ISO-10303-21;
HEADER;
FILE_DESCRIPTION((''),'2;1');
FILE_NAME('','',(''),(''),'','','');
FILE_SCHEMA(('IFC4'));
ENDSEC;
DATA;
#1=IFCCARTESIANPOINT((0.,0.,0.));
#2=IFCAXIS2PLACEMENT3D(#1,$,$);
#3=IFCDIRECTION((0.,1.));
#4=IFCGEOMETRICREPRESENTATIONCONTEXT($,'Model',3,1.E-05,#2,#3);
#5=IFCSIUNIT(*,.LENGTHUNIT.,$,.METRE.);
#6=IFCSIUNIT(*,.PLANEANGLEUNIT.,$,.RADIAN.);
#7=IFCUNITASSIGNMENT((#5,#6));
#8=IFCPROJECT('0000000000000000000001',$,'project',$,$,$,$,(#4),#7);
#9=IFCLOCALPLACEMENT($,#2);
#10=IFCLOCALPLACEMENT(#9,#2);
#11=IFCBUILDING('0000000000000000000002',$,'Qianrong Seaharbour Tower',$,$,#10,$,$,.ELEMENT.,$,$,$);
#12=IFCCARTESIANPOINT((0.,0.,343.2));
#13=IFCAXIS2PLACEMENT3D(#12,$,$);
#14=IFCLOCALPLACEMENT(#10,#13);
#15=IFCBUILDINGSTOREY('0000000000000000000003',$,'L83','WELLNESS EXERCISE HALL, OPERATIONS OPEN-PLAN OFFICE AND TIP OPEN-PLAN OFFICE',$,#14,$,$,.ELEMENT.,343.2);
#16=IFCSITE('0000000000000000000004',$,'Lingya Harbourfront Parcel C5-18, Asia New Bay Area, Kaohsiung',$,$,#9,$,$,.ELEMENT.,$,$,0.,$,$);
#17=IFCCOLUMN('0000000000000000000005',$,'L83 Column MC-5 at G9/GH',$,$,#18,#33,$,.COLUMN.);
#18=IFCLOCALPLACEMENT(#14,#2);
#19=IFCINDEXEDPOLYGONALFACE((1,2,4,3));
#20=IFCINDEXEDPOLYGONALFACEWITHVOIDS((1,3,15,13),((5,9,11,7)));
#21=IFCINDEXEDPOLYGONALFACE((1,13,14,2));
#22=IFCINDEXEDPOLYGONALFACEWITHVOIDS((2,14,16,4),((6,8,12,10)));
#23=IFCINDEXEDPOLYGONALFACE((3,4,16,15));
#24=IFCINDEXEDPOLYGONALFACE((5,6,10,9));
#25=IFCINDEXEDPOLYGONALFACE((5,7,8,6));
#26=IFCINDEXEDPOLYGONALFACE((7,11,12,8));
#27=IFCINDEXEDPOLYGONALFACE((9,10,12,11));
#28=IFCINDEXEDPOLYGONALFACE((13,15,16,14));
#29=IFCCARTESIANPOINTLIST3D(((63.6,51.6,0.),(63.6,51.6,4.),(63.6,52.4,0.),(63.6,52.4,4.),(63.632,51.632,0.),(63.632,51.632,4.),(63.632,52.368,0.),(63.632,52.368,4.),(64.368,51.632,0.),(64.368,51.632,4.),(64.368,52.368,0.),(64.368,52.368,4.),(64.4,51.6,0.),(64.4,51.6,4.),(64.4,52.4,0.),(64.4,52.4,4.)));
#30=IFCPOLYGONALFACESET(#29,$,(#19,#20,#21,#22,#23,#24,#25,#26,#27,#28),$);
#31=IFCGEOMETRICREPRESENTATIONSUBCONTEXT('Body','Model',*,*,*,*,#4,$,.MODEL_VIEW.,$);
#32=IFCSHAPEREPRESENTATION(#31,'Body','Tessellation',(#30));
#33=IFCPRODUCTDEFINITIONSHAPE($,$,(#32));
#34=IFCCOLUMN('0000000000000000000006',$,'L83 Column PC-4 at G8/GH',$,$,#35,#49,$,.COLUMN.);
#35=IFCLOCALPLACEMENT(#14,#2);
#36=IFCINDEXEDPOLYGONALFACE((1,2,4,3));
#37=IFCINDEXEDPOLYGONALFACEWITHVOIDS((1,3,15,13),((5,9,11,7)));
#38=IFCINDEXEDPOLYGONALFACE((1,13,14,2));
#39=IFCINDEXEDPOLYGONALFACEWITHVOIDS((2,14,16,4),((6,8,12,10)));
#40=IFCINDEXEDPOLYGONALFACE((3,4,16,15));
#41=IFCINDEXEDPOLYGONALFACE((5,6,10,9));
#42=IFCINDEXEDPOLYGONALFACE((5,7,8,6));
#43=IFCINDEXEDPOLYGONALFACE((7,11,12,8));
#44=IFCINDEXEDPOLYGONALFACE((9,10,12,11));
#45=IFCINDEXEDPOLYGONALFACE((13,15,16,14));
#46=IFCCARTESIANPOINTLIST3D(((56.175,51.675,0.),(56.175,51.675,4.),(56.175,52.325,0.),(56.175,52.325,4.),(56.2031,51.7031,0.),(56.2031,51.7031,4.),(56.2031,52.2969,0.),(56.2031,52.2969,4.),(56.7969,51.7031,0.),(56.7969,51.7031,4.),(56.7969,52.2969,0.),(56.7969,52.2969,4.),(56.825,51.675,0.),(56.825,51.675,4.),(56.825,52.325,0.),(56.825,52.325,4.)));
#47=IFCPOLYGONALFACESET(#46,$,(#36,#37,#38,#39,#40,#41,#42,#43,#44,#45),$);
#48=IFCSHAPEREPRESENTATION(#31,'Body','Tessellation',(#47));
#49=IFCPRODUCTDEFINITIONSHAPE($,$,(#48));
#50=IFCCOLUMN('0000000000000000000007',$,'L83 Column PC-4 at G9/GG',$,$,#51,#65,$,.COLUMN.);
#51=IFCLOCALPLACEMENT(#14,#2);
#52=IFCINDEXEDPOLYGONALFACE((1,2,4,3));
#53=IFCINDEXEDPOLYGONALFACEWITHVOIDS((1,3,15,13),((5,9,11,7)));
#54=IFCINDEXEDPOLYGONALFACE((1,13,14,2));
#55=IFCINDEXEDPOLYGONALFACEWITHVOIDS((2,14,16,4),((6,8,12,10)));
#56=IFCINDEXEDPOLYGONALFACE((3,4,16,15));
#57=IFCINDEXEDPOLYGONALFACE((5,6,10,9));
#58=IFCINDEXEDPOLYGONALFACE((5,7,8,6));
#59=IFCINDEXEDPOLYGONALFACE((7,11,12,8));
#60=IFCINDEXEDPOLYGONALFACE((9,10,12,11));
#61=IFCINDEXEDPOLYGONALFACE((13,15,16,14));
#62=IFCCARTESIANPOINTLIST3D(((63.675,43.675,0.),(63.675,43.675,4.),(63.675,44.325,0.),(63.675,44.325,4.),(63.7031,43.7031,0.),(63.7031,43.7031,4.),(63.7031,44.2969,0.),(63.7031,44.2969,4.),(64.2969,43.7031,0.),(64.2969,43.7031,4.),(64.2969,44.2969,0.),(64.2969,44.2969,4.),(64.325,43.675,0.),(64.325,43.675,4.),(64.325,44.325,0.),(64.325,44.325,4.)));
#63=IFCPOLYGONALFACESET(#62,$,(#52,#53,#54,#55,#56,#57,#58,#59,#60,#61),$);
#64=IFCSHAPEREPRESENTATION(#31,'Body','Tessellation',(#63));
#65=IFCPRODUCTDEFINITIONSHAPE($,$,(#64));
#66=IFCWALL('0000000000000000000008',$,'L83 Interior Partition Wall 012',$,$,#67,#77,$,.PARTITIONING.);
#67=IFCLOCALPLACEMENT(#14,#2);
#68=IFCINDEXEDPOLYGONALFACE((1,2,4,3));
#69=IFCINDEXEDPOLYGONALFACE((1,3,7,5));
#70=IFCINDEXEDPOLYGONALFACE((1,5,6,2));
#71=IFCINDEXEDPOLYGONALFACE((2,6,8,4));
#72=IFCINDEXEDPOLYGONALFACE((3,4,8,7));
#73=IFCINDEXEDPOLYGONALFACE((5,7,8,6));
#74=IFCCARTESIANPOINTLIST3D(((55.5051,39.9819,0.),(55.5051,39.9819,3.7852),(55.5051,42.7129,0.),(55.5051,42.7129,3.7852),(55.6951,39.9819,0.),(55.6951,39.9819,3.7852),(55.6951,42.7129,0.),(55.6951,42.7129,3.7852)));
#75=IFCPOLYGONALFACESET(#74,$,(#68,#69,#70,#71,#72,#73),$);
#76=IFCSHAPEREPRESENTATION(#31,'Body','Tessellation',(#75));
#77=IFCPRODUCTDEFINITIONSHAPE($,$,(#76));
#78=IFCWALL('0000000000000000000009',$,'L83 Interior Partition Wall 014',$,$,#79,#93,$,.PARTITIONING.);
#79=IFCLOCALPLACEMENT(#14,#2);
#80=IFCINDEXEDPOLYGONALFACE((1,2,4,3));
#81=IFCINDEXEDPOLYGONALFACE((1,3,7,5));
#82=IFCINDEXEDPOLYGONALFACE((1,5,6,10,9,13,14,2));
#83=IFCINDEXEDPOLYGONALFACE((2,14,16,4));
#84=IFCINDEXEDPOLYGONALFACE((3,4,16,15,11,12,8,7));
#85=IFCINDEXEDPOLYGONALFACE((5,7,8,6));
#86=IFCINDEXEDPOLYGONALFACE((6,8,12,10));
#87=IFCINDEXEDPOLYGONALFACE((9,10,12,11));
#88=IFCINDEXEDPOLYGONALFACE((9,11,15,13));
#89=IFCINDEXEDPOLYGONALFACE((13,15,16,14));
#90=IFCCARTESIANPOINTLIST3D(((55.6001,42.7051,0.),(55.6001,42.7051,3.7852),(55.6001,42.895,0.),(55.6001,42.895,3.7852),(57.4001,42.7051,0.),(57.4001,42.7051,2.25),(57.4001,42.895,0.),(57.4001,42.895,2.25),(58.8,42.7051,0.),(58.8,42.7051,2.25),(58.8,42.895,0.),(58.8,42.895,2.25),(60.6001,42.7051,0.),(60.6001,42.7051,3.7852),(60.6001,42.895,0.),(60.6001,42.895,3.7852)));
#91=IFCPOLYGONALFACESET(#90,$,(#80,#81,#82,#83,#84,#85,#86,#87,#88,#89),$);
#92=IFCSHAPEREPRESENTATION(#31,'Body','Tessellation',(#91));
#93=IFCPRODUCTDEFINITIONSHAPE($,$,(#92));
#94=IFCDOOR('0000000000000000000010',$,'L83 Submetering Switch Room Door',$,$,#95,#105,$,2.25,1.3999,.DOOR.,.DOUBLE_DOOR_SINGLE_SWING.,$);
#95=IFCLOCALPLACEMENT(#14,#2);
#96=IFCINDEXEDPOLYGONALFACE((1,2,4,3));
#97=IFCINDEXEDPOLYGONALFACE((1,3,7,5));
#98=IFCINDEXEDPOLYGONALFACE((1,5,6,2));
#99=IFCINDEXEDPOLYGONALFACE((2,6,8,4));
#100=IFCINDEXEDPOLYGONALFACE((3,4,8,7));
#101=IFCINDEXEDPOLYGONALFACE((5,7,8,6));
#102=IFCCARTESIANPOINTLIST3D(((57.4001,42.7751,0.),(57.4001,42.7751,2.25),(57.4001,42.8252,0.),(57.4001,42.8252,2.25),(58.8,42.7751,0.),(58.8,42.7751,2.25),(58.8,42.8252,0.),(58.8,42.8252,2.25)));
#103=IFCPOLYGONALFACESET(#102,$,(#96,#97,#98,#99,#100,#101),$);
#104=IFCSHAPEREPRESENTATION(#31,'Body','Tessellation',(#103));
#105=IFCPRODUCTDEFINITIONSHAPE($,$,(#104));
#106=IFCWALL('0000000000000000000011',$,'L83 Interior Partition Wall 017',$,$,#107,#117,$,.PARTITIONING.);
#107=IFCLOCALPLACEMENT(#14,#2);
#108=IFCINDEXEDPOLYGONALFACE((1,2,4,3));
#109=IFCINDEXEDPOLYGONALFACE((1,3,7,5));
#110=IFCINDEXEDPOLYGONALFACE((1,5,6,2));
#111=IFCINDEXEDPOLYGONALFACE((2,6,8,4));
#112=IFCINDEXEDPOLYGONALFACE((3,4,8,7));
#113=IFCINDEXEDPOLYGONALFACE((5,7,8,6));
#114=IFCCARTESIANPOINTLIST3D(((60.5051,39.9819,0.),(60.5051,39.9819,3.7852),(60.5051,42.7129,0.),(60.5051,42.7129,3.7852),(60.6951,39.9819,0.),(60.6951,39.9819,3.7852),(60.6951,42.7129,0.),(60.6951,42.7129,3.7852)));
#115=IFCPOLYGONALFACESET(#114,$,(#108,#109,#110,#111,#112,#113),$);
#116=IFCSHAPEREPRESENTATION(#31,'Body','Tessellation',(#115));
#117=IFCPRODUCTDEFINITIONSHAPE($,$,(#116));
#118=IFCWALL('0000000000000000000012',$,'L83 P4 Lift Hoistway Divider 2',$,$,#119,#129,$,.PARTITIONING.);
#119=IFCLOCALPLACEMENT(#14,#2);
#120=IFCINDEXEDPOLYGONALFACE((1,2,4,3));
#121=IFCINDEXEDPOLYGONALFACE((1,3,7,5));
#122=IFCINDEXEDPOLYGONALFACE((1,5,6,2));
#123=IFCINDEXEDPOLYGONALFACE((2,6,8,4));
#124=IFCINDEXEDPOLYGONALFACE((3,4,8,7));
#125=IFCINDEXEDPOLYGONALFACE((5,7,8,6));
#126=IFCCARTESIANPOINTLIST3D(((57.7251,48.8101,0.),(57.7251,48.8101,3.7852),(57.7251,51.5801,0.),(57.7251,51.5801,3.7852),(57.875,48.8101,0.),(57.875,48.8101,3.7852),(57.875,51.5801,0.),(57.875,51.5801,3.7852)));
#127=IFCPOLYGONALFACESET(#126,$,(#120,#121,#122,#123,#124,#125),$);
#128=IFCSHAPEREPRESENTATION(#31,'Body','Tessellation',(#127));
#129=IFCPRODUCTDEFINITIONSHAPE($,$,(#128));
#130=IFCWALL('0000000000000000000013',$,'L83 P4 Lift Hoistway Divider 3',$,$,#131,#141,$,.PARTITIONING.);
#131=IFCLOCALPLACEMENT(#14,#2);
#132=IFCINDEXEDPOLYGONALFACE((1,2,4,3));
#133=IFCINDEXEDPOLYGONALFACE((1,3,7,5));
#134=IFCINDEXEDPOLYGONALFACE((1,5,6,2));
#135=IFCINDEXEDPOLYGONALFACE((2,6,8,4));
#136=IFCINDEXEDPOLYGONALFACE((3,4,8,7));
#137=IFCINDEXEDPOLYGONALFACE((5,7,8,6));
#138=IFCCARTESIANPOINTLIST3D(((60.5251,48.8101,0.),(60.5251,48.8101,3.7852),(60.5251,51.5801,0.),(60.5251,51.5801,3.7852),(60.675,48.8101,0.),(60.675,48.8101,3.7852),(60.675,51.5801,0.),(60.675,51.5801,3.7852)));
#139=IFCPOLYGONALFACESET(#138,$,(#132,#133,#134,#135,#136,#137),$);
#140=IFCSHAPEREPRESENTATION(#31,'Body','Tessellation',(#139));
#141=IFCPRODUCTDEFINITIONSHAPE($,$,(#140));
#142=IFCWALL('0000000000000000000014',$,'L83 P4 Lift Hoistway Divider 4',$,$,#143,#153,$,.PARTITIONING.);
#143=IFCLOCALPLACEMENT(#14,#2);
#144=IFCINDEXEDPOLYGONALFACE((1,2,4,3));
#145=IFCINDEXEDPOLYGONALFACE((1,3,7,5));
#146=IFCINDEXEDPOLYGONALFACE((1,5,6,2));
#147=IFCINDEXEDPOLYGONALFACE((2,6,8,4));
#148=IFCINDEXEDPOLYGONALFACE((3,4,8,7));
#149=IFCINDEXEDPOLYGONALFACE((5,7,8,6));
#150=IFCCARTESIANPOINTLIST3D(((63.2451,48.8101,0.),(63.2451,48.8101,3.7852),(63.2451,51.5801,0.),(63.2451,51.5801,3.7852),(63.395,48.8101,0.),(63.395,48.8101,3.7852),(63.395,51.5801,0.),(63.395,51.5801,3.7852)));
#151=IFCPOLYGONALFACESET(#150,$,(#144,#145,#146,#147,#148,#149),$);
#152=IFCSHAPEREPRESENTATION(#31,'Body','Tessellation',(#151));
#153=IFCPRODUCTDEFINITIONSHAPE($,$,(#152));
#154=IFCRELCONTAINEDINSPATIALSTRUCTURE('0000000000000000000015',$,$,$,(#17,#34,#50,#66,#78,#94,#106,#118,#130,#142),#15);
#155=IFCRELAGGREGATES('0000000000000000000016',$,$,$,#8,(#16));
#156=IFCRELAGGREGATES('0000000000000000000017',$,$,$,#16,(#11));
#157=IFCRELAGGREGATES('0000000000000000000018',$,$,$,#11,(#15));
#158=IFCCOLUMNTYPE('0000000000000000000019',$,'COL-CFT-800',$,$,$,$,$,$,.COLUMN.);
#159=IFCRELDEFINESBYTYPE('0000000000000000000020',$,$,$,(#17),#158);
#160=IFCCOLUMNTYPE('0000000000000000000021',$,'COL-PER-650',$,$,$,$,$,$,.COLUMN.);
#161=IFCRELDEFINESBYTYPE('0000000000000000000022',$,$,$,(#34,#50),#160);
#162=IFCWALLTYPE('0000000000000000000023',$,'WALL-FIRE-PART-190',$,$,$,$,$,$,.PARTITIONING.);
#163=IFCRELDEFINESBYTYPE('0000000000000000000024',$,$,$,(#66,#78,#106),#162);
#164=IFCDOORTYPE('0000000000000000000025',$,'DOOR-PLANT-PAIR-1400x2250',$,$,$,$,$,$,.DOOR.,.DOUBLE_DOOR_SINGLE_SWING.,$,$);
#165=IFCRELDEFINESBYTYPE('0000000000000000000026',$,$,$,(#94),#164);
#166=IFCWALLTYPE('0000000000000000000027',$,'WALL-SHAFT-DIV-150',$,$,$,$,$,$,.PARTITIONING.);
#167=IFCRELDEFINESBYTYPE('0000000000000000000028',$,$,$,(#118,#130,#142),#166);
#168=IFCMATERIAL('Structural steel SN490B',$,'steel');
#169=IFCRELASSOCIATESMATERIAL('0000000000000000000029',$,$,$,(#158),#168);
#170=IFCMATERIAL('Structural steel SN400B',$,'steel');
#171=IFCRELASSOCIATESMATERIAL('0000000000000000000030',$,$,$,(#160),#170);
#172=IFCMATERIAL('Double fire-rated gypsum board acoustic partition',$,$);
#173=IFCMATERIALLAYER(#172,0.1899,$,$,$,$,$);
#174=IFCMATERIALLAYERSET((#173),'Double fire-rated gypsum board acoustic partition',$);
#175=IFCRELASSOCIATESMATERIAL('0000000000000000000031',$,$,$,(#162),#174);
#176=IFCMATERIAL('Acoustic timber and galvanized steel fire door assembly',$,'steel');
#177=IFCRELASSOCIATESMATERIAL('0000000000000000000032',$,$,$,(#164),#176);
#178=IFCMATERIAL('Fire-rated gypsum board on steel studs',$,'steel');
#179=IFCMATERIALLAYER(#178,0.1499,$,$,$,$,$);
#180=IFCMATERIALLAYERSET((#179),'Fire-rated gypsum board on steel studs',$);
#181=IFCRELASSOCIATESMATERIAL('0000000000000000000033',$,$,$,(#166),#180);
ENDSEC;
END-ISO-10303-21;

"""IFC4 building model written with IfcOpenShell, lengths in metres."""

from ifc_helpers import new_model, si_unit, direction, frame, frame_2d, origin, origin_2d, place, context, subcontext, project, spatial, rectangle, hollow_rectangle, extrude, material, layer, layer_set, material_profile, profile_set, type_object, element, fill, save


model = new_model("IFC4")

# Units and contexts
model_context = context("Model", 3, precision=1e-05, world=origin(), true_north=direction((0.0, 1.0)))
body_context = subcontext(model_context, "Body", "Model", "MODEL_VIEW")
ifc_project = project(units=[si_unit("LENGTHUNIT", "METRE"), si_unit("PLANEANGLEUNIT", "RADIAN")], contexts=[model_context])

# Site, building, storey
site_placement = place(None, origin())
site = spatial("IfcSite", under=ifc_project, at=site_placement, Name="Lingya Harbourfront Parcel C5-18, Asia New Bay Area, Kaohsiung", CompositionType="ELEMENT", RefElevation=0.0)
building_placement = place(site_placement, origin())
building = spatial("IfcBuilding", under=site, at=building_placement, Name="Qianrong Seaharbour Tower", CompositionType="ELEMENT")
storey_placement = place(building_placement, frame((0.0, 0.0, 343.2)))
storey = spatial("IfcBuildingStorey", under=building, at=storey_placement, Name="L83", Description="WELLNESS EXERCISE HALL, OPERATIONS OPEN-PLAN OFFICE AND TIP OPEN-PLAN OFFICE", CompositionType="ELEMENT", Elevation=343.2)

# Columns
ifc_material_1 = material(Name="Structural steel SN490B", Category="steel")
ifc_material_profile_1 = material_profile(ifc_material_1, hollow_rectangle(XDim=0.8, YDim=0.8, WallThickness=0.032, at=origin_2d()), Name="BOX800x800x32")
ifc_profile_set_1 = profile_set([ifc_material_profile_1], Name="Structural steel SN490B")
column_type_1 = type_object("IfcColumnType", Name="COL-CFT-800", PredefinedType="COLUMN", material=ifc_profile_set_1)
column_placement = place(storey_placement, frame((64.0, 52.0, 0.0), z_axis=(0.0, 0.0, 1.0), x_axis=(1.0, 0.0, 0.0)))
element("IfcColumn", 1, at=column_placement, inside=storey, type_object=column_type_1, Name="L83 Column MC-5 at G9/GH", PredefinedType="COLUMN", context=body_context, shape_type="SweptSolid", body=[
    extrude(hollow_rectangle(XDim=0.8, YDim=0.8, WallThickness=0.032, at=origin_2d()), origin(), (0.0, 0.0, 1.0), 4.0),
])
ifc_material_2 = material(Name="Structural steel SN400B", Category="steel")
ifc_material_profile_2 = material_profile(ifc_material_2, hollow_rectangle(XDim=0.6499, YDim=0.6499, WallThickness=0.0281, at=origin_2d()), Name="BOX650x650x28")
ifc_profile_set_2 = profile_set([ifc_material_profile_2], Name="Structural steel SN400B")
column_type_2 = type_object("IfcColumnType", Name="COL-PER-650", PredefinedType="COLUMN", material=ifc_profile_set_2)
for number, where, z_axis, x_axis, name in (
    (2, (56.5, 52.0, 0.0), (0.0, 0.0, 1.0), (1.0, 0.0, 0.0), "L83 Column PC-4 at G8/GH"),
    (3, (64.0, 44.0, 0.0), (0.0, 0.0, 1.0), (1.0, 0.0, 0.0), "L83 Column PC-4 at G9/GG"),
):
    element("IfcColumn", number, at=place(storey_placement, frame(where, z_axis=z_axis, x_axis=x_axis)), inside=storey, type_object=column_type_2, Name=name, PredefinedType="COLUMN", context=body_context, shape_type="SweptSolid", body=[
        extrude(hollow_rectangle(XDim=0.6499, YDim=0.6499, WallThickness=0.0281, at=origin_2d()), origin(), (0.0, 0.0, 1.0), 4.0),
    ])

# Shared definitions
ifc_material_3 = material(Name="Acoustic timber and galvanized steel fire door assembly", Category="steel")

# Wall
ifc_material_4 = material(Name="Double fire-rated gypsum board acoustic partition")
ifc_layer_1 = layer(ifc_material_4, 0.1899)
ifc_layer_set_1 = layer_set([ifc_layer_1], Name="Double fire-rated gypsum board acoustic partition")
wall_type_1 = type_object("IfcWallType", Name="WALL-FIRE-PART-190", PredefinedType="PARTITIONING", material=ifc_layer_set_1)
wall_1_placement = place(storey_placement, frame((55.6001, 42.7129, 0.0), z_axis=(0.0, 0.0, 1.0), x_axis=(0.0, -1.0, 0.0)))
element("IfcWall", 4, at=wall_1_placement, inside=storey, type_object=wall_type_1, Name="L83 Interior Partition Wall 012", PredefinedType="PARTITIONING", context=body_context, shape_type="SweptSolid", body=[
    extrude(rectangle(XDim=2.731, YDim=0.1899, at=frame_2d((1.3655, 0.0))), origin(), (0.0, 0.0, 1.0), 3.7852),
])

# Wall, opening, door
wall_2_placement = place(storey_placement, frame((60.6001, 42.8, 0.0), z_axis=(0.0, 0.0, 1.0), x_axis=(-1.0, 0.0, 0.0)))
wall_2 = element("IfcWall", 5, at=wall_2_placement, inside=storey, type_object=wall_type_1, Name="L83 Interior Partition Wall 014", PredefinedType="PARTITIONING", context=body_context, shape_type="SweptSolid", body=[
    extrude(rectangle(XDim=5.0, YDim=0.1899, at=frame_2d((2.5, 0.0))), origin(), (0.0, 0.0, 1.0), 3.7852),
])
opening_1_placement = place(wall_2_placement, frame((1.8, 0.0, 0.0)))
opening_1 = element("IfcOpeningElement", 6, at=opening_1_placement, cuts=wall_2, PredefinedType="OPENING", context=body_context, shape_type="SweptSolid", body=[
    extrude(rectangle(XDim=1.3999, YDim=2.25, at=frame_2d((0.7, 1.125))), frame((0.0, 0.105, 0.0), z_axis=(0.0, -1.0, 0.0), x_axis=(1.0, 0.0, 0.0)), (0.0, 0.0, 1.0), 0.21),
])
door_type_1 = type_object("IfcDoorType", Name="DOOR-PLANT-PAIR-1400x2250", OperationType="DOUBLE_DOOR_SINGLE_SWING", PredefinedType="DOOR", material=ifc_material_3)
door_1_placement = place(opening_1_placement, origin())
door_1 = element("IfcDoor", 7, at=door_1_placement, inside=storey, type_object=door_type_1, Name="L83 Submetering Switch Room Door", OperationType="DOUBLE_DOOR_SINGLE_SWING", OverallHeight=2.25, OverallWidth=1.3999, PredefinedType="DOOR", context=body_context, shape_type="SweptSolid", body=[
    extrude(rectangle(XDim=1.3999, YDim=2.25, at=frame_2d((0.7, 1.125))), frame((0.0, 0.0249, 0.0), z_axis=(0.0, -1.0, 0.0), x_axis=(1.0, 0.0, 0.0)), (0.0, 0.0, 1.0), 0.05),
])
fill(opening_1, door_1)

# Walls
wall_3_placement = place(storey_placement, frame((60.6001, 42.7129, 0.0), z_axis=(0.0, 0.0, 1.0), x_axis=(0.0, -1.0, 0.0)))
element("IfcWall", 8, at=wall_3_placement, inside=storey, type_object=wall_type_1, Name="L83 Interior Partition Wall 017", PredefinedType="PARTITIONING", context=body_context, shape_type="SweptSolid", body=[
    extrude(rectangle(XDim=2.731, YDim=0.1899, at=frame_2d((1.3655, 0.0))), origin(), (0.0, 0.0, 1.0), 3.7852),
])
ifc_material_5 = material(Name="Fire-rated gypsum board on steel studs", Category="steel")
ifc_layer_2 = layer(ifc_material_5, 0.1499)
ifc_layer_set_2 = layer_set([ifc_layer_2], Name="Fire-rated gypsum board on steel studs")
wall_type_2 = type_object("IfcWallType", Name="WALL-SHAFT-DIV-150", PredefinedType="PARTITIONING", material=ifc_layer_set_2)
for number, where, z_axis, x_axis, name in (
    (9, (57.8, 48.8101, 0.0), (0.0, 0.0, 1.0), (0.0, 1.0, 0.0), "L83 P4 Lift Hoistway Divider 2"),
    (10, (60.6001, 48.8101, 0.0), (0.0, 0.0, 1.0), (0.0, 1.0, 0.0), "L83 P4 Lift Hoistway Divider 3"),
    (11, (63.3201, 48.8101, 0.0), (0.0, 0.0, 1.0), (0.0, 1.0, 0.0), "L83 P4 Lift Hoistway Divider 4"),
):
    element("IfcWall", number, at=place(storey_placement, frame(where, z_axis=z_axis, x_axis=x_axis)), inside=storey, type_object=wall_type_2, Name=name, PredefinedType="PARTITIONING", context=body_context, shape_type="SweptSolid", body=[
        extrude(rectangle(XDim=2.77, YDim=0.1499, at=frame_2d((1.385, 0.0))), origin(), (0.0, 0.0, 1.0), 3.7852),
    ])

save(model, "model.ifc")
